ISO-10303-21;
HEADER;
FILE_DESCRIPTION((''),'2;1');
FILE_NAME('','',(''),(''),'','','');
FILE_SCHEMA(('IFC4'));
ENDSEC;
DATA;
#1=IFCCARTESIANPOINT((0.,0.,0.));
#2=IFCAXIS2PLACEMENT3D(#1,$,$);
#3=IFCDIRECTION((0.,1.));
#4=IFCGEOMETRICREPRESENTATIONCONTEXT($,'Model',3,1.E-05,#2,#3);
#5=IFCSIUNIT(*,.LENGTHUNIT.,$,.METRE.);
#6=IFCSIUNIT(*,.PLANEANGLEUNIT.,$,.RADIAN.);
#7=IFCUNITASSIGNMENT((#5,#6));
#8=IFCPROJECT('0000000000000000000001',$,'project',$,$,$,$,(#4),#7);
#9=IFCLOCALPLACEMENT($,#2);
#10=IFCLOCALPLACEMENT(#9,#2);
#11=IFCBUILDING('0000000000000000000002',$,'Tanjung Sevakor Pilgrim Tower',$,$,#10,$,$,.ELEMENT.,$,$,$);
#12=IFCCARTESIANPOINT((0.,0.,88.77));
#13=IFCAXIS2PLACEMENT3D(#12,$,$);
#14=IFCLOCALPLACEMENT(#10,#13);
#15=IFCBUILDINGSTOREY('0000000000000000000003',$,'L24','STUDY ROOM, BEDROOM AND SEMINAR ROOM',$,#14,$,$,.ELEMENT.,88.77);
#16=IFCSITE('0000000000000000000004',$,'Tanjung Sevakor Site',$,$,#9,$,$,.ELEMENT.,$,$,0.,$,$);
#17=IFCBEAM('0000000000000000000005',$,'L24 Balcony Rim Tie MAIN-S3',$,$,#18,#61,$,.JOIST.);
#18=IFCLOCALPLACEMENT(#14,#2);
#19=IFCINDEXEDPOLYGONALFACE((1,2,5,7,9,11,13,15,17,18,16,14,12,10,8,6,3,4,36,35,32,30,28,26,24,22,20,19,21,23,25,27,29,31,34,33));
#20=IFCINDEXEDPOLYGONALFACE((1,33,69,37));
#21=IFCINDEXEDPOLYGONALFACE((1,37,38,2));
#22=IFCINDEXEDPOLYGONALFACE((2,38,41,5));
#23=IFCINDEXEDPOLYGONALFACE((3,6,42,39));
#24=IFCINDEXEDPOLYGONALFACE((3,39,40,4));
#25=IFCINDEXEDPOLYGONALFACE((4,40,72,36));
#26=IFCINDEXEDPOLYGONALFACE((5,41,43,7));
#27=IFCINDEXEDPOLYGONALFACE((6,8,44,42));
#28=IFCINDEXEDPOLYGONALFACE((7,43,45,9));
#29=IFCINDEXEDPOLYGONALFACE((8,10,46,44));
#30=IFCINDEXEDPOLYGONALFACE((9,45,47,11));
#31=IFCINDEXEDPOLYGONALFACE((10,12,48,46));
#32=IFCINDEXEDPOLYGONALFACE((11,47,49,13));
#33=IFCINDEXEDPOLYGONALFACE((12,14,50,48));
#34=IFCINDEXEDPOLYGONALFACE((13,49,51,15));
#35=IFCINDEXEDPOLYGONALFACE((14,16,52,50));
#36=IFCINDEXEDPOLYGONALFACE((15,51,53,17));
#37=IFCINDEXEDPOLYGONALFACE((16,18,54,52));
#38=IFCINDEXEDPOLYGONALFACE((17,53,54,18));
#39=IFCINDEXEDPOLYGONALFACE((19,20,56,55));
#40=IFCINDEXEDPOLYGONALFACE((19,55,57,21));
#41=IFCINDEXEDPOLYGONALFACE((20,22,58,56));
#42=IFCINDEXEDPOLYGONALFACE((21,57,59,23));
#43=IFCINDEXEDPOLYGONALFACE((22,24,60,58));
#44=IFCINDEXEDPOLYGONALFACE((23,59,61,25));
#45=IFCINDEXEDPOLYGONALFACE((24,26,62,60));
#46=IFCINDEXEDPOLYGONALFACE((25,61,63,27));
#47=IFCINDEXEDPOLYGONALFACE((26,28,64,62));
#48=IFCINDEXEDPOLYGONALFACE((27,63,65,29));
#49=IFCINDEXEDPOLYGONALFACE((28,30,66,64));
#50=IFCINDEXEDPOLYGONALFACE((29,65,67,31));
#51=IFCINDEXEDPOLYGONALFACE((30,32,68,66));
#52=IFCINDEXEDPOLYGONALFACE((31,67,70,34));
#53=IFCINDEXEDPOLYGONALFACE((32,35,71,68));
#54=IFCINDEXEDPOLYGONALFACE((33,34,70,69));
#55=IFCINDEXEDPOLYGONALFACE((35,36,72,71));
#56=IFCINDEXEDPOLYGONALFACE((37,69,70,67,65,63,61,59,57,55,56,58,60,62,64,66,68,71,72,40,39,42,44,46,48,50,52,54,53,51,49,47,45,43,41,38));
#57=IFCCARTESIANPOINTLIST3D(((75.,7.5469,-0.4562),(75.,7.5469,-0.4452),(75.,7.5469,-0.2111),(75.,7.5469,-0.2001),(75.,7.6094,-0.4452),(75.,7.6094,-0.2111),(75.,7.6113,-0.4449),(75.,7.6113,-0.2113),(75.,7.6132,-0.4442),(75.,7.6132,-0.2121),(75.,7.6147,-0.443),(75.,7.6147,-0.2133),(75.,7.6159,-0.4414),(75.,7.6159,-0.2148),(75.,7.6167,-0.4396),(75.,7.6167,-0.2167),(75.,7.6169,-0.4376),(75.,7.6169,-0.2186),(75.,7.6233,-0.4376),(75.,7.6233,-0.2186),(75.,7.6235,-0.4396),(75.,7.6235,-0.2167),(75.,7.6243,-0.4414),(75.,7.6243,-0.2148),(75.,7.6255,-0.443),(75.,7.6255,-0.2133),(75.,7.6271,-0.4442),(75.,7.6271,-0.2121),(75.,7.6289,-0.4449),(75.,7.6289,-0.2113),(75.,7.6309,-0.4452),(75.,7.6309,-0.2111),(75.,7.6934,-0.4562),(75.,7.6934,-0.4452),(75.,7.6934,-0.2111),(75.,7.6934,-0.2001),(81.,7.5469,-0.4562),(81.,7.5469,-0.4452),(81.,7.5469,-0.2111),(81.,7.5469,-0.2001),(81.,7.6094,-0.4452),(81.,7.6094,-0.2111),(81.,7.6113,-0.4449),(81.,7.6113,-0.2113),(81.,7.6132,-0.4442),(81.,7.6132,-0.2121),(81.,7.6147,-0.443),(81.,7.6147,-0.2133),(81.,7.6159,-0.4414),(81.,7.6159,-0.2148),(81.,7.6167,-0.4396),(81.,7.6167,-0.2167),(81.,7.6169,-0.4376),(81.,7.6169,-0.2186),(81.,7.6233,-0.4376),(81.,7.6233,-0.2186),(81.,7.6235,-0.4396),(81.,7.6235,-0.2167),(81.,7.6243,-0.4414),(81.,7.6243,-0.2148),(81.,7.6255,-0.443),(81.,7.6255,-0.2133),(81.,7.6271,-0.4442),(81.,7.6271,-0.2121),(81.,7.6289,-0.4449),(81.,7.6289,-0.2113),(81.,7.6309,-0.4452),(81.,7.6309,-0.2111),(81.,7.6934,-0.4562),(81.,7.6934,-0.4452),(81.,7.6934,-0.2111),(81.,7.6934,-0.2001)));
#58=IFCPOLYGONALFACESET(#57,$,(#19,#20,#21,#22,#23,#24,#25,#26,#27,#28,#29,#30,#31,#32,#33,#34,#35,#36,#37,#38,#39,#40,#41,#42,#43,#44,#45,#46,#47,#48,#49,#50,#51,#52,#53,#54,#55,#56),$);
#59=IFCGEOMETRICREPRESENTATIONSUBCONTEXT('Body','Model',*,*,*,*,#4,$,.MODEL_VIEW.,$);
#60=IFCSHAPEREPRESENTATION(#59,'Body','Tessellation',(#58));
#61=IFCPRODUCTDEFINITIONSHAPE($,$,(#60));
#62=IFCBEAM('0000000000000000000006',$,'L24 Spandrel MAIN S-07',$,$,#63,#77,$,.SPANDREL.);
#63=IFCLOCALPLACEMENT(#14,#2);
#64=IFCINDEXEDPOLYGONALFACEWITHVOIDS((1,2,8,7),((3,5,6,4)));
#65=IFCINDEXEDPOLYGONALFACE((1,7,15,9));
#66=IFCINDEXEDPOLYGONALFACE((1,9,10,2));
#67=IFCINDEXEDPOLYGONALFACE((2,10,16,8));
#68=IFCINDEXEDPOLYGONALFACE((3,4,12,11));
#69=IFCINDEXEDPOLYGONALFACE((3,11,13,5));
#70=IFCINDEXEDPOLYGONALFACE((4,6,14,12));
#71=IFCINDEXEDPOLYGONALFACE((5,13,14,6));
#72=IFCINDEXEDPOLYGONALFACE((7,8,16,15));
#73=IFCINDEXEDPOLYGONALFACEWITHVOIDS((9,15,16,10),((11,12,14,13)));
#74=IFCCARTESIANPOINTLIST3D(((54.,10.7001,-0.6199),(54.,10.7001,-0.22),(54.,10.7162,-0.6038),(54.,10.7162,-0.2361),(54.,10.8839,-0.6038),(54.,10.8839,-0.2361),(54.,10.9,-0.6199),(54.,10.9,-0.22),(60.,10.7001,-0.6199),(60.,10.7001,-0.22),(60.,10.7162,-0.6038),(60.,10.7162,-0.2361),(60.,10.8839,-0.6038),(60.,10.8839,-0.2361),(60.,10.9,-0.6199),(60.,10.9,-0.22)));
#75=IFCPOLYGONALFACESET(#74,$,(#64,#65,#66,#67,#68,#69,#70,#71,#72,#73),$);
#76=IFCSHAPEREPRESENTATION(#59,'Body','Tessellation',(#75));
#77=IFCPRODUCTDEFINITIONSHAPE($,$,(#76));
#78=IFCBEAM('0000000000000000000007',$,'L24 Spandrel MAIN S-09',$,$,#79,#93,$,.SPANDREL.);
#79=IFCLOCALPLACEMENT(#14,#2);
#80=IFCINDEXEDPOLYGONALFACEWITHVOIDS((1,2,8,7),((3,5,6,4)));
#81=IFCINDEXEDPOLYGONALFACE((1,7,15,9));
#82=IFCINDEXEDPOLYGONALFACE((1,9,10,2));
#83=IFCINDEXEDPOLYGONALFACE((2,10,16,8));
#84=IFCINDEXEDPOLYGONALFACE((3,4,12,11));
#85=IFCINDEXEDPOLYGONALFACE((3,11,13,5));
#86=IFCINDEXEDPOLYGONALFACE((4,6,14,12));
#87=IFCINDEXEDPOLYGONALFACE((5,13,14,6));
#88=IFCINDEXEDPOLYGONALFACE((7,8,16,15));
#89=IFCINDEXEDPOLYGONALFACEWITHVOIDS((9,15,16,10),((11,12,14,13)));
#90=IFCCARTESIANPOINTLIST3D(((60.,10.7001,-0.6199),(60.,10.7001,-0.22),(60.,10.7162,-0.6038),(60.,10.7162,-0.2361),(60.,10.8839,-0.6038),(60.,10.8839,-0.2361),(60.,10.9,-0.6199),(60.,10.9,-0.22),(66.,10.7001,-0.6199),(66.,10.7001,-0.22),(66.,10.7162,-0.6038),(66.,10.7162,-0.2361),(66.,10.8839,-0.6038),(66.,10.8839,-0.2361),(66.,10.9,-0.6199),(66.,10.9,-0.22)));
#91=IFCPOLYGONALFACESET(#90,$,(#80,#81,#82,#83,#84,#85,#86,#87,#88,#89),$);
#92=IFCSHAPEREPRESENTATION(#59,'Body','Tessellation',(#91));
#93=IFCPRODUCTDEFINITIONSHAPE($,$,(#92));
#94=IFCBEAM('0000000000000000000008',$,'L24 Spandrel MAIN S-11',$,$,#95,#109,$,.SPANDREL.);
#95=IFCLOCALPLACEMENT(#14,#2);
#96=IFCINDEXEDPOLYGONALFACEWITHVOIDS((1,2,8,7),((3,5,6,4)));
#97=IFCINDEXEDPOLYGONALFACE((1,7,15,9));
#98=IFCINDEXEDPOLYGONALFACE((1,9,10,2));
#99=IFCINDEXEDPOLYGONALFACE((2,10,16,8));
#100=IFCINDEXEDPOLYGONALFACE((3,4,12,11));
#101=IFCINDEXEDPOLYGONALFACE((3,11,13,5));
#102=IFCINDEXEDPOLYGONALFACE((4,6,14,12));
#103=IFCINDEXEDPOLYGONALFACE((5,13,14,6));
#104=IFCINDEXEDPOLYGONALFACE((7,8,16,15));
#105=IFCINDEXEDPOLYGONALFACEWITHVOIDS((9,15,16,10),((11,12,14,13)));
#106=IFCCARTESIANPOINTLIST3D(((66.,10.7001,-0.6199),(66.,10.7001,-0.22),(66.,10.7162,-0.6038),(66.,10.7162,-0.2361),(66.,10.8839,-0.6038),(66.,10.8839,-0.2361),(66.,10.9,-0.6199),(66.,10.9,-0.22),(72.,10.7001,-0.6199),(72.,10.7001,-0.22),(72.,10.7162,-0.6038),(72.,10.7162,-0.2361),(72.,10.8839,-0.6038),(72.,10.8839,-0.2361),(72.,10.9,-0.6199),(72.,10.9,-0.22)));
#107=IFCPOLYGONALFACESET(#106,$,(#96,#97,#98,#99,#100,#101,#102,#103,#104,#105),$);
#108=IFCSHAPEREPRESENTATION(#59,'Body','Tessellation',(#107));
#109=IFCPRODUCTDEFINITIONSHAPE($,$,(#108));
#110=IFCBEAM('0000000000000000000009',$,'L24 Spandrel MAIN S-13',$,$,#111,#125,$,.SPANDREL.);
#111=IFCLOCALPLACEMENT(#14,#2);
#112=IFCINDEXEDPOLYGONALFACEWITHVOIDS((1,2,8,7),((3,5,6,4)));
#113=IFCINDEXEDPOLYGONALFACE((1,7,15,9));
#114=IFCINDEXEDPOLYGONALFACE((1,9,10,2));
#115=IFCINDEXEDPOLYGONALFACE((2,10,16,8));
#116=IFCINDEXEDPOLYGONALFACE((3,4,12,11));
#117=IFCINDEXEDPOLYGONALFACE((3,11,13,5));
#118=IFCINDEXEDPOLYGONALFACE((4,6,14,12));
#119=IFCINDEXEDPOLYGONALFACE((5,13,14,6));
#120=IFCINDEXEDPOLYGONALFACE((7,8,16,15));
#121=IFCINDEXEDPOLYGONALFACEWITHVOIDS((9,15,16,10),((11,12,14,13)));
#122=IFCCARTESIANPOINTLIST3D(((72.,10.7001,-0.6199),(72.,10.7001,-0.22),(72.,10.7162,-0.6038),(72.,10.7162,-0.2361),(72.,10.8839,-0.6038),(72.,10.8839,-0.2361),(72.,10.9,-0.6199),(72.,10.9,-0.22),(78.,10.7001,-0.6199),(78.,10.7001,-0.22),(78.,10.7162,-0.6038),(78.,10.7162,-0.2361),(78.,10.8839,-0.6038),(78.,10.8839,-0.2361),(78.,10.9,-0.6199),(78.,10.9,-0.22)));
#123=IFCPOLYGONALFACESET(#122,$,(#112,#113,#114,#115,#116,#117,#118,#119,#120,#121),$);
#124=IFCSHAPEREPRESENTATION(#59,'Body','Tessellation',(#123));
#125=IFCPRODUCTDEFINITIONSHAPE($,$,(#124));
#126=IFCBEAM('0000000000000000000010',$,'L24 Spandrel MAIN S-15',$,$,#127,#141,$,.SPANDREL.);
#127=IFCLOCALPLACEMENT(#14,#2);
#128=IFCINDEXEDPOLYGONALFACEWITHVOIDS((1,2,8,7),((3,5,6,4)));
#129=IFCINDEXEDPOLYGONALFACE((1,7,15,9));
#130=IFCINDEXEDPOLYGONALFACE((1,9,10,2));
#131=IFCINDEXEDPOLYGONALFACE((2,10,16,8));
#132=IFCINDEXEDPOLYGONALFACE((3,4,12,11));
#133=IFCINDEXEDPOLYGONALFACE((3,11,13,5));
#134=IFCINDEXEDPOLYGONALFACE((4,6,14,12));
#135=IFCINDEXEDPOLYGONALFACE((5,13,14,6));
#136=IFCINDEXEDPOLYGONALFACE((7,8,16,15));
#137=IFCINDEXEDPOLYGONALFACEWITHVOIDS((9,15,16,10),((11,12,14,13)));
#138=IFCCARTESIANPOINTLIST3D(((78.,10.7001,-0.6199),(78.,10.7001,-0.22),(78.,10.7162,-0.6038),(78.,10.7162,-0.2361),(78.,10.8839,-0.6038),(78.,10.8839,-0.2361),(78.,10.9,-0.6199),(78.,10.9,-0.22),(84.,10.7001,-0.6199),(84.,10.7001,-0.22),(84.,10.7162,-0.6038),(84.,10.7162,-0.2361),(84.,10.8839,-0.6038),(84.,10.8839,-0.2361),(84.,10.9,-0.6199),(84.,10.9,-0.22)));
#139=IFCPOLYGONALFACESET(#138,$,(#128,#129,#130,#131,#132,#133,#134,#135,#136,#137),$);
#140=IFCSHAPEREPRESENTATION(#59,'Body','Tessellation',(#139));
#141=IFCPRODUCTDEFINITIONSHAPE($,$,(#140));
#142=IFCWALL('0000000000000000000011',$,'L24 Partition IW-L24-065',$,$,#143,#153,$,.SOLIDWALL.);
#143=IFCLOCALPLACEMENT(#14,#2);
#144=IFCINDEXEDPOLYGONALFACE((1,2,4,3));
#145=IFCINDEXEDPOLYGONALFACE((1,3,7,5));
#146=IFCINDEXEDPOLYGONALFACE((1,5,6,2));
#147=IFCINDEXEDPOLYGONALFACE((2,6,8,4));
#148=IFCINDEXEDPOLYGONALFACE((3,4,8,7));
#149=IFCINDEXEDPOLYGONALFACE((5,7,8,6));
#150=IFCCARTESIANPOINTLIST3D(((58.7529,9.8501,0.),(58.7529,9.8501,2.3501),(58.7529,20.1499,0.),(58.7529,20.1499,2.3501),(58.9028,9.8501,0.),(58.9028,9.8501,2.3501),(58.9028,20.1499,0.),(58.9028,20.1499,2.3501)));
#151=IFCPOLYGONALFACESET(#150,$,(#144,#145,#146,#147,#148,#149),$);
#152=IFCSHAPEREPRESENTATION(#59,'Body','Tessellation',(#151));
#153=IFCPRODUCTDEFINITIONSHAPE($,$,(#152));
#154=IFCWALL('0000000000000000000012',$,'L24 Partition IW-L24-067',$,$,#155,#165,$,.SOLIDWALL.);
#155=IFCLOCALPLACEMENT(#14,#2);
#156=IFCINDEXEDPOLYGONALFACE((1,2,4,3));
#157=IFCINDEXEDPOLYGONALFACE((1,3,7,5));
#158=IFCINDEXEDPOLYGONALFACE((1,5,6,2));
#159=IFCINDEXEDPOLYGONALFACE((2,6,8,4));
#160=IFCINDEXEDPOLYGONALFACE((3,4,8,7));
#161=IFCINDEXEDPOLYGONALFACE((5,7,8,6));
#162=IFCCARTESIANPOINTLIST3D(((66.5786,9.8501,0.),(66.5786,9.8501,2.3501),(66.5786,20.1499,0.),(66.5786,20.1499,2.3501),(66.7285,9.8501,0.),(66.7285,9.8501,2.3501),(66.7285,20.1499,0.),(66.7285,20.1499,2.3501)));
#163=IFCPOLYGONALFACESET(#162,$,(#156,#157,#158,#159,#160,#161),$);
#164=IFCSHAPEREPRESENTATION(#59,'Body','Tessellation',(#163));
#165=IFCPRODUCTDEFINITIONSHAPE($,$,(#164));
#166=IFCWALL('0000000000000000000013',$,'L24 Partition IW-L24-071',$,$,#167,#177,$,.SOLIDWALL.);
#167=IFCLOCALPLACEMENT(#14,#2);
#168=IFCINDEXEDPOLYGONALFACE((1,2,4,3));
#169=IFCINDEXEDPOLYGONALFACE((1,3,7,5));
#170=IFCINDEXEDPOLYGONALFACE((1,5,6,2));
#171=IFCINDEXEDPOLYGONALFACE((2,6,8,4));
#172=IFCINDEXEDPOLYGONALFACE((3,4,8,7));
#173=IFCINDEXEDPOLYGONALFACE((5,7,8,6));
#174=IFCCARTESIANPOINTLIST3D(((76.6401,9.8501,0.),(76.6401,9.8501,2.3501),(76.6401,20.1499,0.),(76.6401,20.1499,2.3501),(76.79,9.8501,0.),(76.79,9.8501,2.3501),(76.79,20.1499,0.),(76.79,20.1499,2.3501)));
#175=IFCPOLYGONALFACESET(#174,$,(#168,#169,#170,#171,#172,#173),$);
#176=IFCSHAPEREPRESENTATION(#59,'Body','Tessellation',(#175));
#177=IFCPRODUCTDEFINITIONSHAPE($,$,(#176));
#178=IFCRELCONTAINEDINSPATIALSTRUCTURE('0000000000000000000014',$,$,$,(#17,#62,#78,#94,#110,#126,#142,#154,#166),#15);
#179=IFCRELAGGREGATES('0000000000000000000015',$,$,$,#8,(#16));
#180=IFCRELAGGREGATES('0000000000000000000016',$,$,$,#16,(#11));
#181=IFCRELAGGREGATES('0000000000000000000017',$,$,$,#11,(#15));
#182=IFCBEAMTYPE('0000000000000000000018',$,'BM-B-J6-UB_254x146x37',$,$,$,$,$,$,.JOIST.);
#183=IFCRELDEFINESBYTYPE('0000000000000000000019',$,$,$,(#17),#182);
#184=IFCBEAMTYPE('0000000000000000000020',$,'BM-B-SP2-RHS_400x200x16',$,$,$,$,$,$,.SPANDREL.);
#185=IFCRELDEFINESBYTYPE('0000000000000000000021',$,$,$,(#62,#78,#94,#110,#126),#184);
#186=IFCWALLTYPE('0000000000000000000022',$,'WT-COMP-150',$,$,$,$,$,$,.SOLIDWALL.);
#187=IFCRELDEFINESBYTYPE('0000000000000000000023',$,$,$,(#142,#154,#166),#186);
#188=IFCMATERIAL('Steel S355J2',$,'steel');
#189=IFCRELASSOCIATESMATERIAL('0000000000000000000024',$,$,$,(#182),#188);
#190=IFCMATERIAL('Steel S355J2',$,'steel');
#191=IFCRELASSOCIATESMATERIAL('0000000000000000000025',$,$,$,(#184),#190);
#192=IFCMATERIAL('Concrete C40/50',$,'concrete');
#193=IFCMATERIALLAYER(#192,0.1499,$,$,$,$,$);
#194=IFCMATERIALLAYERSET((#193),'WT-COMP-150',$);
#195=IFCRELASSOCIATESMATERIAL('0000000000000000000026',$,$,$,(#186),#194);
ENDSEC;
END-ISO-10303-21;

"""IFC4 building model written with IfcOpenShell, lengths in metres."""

from ifc_helpers import new_model, si_unit, direction, frame, frame_2d, origin, origin_2d, place, context, subcontext, project, spatial, rectangle, hollow_rectangle, i_section, extrude, material, layer, layer_set, material_profile, profile_set, type_object, element, save


model = new_model("IFC4")

# Units and contexts
model_context = context("Model", 3, precision=1e-05, world=origin(), true_north=direction((0.0, 1.0)))
body_context = subcontext(model_context, "Body", "Model", "MODEL_VIEW")
ifc_project = project(units=[si_unit("LENGTHUNIT", "METRE"), si_unit("PLANEANGLEUNIT", "RADIAN")], contexts=[model_context])

# Site, building, storey
site_placement = place(None, origin())
site = spatial("IfcSite", under=ifc_project, at=site_placement, Name="Tanjung Sevakor Site", CompositionType="ELEMENT", RefElevation=0.0)
building_placement = place(site_placement, origin())
building = spatial("IfcBuilding", under=site, at=building_placement, Name="Tanjung Sevakor Pilgrim Tower", CompositionType="ELEMENT")
storey_placement = place(building_placement, frame((0.0, 0.0, 88.77)))
storey = spatial("IfcBuildingStorey", under=building, at=storey_placement, Name="L24", Description="STUDY ROOM, BEDROOM AND SEMINAR ROOM", CompositionType="ELEMENT", Elevation=88.77)

# Beams
ifc_material_1 = material(Name="Steel S355J2", Category="steel")
ifc_material_profile_1 = material_profile(ifc_material_1, i_section(OverallWidth=0.1465, OverallDepth=0.2561, WebThickness=0.0063, FlangeThickness=0.011, FilletRadius=0.0076, at=origin_2d()))
ifc_profile_set_1 = profile_set([ifc_material_profile_1], Name="Steel S355J2")
beam_type_1 = type_object("IfcBeamType", Name="BM-B-J6-UB_254x146x37", PredefinedType="JOIST", material=ifc_profile_set_1)
for number, where, z_axis, x_axis, name in (
    (1, (75.0, 7.6201, -0.3281), (1.0, 0.0, 0.0), (0.0, 1.0, 0.0), "L24 Balcony Rim Tie MAIN-S3"),
):
    element("IfcBeam", number, at=place(storey_placement, frame(where, z_axis=z_axis, x_axis=x_axis)), inside=storey, type_object=beam_type_1, Name=name, PredefinedType="JOIST", context=body_context, shape_type="SweptSolid", body=[
        extrude(i_section(OverallWidth=0.1465, OverallDepth=0.2561, WebThickness=0.0063, FlangeThickness=0.011, FilletRadius=0.0076, at=origin_2d()), origin(), (0.0, 0.0, 1.0), 6.0),
    ])
ifc_material_2 = material(Name="Steel S355J2", Category="steel")
ifc_material_profile_2 = material_profile(ifc_material_2, hollow_rectangle(XDim=0.2, YDim=0.3999, WallThickness=0.0161, at=origin_2d()))
ifc_profile_set_2 = profile_set([ifc_material_profile_2], Name="Steel S355J2")
beam_type_2 = type_object("IfcBeamType", Name="BM-B-SP2-RHS_400x200x16", PredefinedType="SPANDREL", material=ifc_profile_set_2)
for number, where, z_axis, x_axis, name in (
    (2, (54.0, 10.8, -0.4199), (1.0, 0.0, 0.0), (0.0, 1.0, 0.0), "L24 Spandrel MAIN S-07"),
    (3, (60.0, 10.8, -0.4199), (1.0, 0.0, 0.0), (0.0, 1.0, 0.0), "L24 Spandrel MAIN S-09"),
    (4, (66.0, 10.8, -0.4199), (1.0, 0.0, 0.0), (0.0, 1.0, 0.0), "L24 Spandrel MAIN S-11"),
    (5, (72.0, 10.8, -0.4199), (1.0, 0.0, 0.0), (0.0, 1.0, 0.0), "L24 Spandrel MAIN S-13"),
    (6, (78.0, 10.8, -0.4199), (1.0, 0.0, 0.0), (0.0, 1.0, 0.0), "L24 Spandrel MAIN S-15"),
):
    element("IfcBeam", number, at=place(storey_placement, frame(where, z_axis=z_axis, x_axis=x_axis)), inside=storey, type_object=beam_type_2, Name=name, PredefinedType="SPANDREL", context=body_context, shape_type="SweptSolid", body=[
        extrude(hollow_rectangle(XDim=0.2, YDim=0.3999, WallThickness=0.0161, at=origin_2d()), origin(), (0.0, 0.0, 1.0), 6.0),
    ])

# Walls
ifc_material_3 = material(Name="Concrete C40/50", Category="concrete")
ifc_layer_1 = layer(ifc_material_3, 0.1499)
ifc_layer_set_1 = layer_set([ifc_layer_1], Name="WT-COMP-150")
wall_type_1 = type_object("IfcWallType", Name="WT-COMP-150", PredefinedType="SOLIDWALL", material=ifc_layer_set_1)
for number, where, z_axis, x_axis, name in (
    (7, (58.8279, 9.8501, 0.0), (0.0, 0.0, 1.0), (0.0, 1.0, 0.0), "L24 Partition IW-L24-065"),
    (8, (66.6536, 9.8501, 0.0), (0.0, 0.0, 1.0), (0.0, 1.0, 0.0), "L24 Partition IW-L24-067"),
    (9, (76.7151, 9.8501, 0.0), (0.0, 0.0, 1.0), (0.0, 1.0, 0.0), "L24 Partition IW-L24-071"),
):
    element("IfcWall", number, at=place(storey_placement, frame(where, z_axis=z_axis, x_axis=x_axis)), inside=storey, type_object=wall_type_1, Name=name, PredefinedType="SOLIDWALL", context=body_context, shape_type="SweptSolid", body=[
        extrude(rectangle(XDim=10.2998, YDim=0.1499, at=frame_2d((5.1499, 0.0))), origin(), (0.0, 0.0, 1.0), 2.3501),
    ])

save(model, "model.ifc")
